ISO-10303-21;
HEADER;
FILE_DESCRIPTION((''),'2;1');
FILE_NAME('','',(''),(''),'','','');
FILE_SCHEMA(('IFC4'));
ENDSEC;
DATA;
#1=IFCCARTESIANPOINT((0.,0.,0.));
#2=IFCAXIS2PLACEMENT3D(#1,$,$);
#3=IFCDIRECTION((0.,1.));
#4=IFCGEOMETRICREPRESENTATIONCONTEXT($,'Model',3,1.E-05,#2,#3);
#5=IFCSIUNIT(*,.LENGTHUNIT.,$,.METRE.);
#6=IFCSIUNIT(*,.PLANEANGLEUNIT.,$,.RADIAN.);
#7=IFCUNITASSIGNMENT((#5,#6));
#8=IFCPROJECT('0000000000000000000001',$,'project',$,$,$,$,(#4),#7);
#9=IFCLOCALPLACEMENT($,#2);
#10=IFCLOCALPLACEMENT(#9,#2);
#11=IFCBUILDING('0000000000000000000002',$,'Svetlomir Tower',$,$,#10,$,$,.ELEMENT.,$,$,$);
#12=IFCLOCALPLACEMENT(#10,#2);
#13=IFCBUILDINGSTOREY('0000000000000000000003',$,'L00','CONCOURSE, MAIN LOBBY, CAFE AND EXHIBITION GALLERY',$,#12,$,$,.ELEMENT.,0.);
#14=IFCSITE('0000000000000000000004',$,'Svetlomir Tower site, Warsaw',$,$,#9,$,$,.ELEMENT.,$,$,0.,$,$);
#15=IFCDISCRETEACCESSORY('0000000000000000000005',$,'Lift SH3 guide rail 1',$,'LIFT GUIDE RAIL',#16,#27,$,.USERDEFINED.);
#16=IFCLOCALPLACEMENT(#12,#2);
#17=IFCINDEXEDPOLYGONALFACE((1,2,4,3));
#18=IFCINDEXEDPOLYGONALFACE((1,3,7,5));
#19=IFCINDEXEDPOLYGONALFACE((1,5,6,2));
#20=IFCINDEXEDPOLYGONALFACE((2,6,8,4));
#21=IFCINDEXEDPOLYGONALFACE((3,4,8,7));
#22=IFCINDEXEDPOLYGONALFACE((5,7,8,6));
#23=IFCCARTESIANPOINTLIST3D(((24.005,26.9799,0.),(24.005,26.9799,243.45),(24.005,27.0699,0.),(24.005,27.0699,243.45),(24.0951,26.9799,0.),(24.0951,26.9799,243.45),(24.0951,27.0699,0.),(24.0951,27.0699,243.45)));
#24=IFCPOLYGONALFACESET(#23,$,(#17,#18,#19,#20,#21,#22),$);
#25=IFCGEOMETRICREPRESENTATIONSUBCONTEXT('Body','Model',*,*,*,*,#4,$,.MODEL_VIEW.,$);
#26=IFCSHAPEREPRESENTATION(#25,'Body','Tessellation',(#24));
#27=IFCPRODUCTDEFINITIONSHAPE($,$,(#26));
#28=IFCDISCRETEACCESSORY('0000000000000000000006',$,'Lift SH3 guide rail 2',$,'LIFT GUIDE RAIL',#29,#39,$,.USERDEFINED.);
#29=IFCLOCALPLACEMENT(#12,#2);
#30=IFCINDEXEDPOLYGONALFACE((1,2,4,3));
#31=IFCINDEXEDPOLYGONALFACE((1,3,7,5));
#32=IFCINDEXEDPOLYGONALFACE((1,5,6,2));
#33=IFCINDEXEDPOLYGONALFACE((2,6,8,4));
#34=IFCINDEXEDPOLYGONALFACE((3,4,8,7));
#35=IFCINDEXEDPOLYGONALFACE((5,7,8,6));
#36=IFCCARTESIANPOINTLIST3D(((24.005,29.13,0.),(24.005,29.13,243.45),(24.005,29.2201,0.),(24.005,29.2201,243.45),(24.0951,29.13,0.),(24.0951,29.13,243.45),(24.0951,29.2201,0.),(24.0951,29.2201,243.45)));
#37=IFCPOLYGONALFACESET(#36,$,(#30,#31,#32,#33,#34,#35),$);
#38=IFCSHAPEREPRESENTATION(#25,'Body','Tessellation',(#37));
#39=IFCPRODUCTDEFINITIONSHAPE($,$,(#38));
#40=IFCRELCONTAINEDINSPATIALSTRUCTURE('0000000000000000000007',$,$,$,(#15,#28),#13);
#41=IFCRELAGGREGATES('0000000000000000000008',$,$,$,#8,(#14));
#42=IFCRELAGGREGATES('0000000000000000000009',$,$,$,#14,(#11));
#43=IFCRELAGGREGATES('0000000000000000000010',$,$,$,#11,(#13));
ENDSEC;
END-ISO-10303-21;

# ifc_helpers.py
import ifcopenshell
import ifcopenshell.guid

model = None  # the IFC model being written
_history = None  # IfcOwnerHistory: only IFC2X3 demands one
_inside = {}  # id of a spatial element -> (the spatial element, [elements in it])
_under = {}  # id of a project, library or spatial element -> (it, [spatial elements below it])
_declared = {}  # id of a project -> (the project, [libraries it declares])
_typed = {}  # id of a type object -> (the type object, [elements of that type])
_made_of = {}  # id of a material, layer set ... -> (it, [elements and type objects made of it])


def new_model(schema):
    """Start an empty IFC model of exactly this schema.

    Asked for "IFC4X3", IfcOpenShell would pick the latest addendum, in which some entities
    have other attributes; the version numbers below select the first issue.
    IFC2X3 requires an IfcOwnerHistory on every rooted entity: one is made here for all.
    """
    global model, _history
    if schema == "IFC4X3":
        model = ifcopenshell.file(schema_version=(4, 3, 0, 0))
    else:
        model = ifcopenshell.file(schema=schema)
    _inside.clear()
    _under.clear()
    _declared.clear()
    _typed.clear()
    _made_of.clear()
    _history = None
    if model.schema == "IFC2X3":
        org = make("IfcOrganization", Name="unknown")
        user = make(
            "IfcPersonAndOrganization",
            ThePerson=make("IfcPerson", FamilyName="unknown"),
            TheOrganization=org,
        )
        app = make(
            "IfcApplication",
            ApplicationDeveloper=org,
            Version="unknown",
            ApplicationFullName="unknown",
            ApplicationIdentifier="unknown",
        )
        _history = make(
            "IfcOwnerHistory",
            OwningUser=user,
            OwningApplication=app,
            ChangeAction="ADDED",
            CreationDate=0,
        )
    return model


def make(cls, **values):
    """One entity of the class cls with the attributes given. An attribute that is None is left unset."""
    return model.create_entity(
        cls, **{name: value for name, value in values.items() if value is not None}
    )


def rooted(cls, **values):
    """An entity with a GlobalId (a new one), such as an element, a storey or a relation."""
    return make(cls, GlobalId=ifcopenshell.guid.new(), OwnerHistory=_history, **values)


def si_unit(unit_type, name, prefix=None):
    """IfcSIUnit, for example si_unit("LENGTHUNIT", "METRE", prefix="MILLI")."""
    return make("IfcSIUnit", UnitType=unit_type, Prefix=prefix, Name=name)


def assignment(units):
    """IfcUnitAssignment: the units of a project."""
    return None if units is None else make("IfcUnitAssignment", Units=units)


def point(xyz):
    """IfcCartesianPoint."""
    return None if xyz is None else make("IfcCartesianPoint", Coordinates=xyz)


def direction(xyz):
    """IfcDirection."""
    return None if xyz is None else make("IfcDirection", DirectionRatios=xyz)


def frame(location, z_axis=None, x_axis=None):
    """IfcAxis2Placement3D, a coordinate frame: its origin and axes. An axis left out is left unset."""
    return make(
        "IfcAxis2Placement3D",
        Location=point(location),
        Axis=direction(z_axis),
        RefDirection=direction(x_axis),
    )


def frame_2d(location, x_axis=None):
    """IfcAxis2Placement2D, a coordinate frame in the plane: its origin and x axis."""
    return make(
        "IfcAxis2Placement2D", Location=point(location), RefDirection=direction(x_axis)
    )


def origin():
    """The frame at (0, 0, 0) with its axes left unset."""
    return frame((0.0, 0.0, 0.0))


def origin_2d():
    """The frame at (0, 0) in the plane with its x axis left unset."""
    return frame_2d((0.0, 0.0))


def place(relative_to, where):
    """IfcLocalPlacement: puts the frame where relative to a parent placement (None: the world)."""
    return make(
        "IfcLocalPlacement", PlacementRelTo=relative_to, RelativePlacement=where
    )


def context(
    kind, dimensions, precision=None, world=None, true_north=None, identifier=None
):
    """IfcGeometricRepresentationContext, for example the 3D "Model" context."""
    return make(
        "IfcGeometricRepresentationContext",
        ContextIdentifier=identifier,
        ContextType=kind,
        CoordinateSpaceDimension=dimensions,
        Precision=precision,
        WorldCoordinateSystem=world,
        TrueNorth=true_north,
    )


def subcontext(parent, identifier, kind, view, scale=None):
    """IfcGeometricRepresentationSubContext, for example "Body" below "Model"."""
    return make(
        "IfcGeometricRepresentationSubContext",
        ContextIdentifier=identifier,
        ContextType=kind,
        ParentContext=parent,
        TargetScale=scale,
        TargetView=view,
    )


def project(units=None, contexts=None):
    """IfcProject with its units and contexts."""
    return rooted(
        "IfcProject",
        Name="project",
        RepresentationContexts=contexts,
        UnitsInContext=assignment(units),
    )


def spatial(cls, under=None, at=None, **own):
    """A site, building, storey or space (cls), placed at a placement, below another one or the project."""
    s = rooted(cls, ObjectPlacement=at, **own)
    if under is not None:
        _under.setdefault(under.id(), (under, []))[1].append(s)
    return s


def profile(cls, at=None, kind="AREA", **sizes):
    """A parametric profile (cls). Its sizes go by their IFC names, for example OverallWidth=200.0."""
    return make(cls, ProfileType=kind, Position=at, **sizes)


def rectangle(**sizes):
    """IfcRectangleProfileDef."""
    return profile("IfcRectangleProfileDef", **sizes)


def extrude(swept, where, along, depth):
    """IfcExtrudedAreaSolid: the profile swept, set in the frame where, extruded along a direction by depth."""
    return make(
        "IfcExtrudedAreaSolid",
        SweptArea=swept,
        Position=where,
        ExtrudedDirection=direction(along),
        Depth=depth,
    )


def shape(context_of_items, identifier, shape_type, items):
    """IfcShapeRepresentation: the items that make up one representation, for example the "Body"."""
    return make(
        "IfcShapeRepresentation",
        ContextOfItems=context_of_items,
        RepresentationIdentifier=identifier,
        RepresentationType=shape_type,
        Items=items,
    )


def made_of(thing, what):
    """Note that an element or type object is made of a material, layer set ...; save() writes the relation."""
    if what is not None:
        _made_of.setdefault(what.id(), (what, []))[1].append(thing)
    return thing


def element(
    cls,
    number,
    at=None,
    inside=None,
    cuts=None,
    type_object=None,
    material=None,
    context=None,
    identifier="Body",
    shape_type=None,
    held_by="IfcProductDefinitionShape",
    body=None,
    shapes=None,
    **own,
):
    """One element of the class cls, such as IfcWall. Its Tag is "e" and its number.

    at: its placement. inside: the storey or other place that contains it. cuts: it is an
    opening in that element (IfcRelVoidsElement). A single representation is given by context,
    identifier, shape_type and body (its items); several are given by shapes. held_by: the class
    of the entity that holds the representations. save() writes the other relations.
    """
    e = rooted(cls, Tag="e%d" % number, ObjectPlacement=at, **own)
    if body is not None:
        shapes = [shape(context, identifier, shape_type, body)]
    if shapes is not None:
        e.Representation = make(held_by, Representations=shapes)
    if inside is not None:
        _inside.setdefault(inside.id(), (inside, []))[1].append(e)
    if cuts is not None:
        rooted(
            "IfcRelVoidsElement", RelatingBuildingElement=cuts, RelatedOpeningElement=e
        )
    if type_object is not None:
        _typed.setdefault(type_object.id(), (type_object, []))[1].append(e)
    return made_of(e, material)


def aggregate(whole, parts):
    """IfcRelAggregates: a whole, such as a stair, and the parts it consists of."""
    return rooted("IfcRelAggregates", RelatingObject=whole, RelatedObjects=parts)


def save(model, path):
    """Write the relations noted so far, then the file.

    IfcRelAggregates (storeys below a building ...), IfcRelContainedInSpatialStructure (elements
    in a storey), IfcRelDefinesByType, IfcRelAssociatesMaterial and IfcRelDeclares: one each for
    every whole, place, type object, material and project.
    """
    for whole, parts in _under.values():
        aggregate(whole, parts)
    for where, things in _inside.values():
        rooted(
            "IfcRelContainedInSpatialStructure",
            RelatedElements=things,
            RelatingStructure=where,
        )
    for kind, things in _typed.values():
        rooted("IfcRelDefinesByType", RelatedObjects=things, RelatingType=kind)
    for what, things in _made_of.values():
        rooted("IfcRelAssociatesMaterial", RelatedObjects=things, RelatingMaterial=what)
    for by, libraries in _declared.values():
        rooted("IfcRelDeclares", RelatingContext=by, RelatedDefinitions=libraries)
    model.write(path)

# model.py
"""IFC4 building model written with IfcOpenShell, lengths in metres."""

from ifc_helpers import new_model, si_unit, direction, frame, origin, origin_2d, place, context, subcontext, project, spatial, rectangle, extrude, element, save


model = new_model("IFC4")

# Units and contexts
model_context = context("Model", 3, precision=1e-05, world=origin(), true_north=direction((0.0, 1.0)))
body_context = subcontext(model_context, "Body", "Model", "MODEL_VIEW")
ifc_project = project(units=[si_unit("LENGTHUNIT", "METRE"), si_unit("PLANEANGLEUNIT", "RADIAN")], contexts=[model_context])

# Site, building, storey
site_placement = place(None, origin())
site = spatial("IfcSite", under=ifc_project, at=site_placement, Name="Svetlomir Tower site, Warsaw", CompositionType="ELEMENT", RefElevation=0.0)
building_placement = place(site_placement, origin())
building = spatial("IfcBuilding", under=site, at=building_placement, Name="Svetlomir Tower", CompositionType="ELEMENT")
storey_placement = place(building_placement, origin())
storey = spatial("IfcBuildingStorey", under=building, at=storey_placement, Name="L00", Description="CONCOURSE, MAIN LOBBY, CAFE AND EXHIBITION GALLERY", CompositionType="ELEMENT", Elevation=0.0)

# Discrete accessories
for number, where, z_axis, x_axis, name in (
    (1, (24.05, 27.0249, 0.0), (0.0, 0.0, 1.0), (1.0, 0.0, 0.0), "Lift SH3 guide rail 1"),
    (2, (24.05, 29.175, 0.0), (0.0, 0.0, 1.0), (1.0, 0.0, 0.0), "Lift SH3 guide rail 2"),
):
    element("IfcDiscreteAccessory", number, at=place(storey_placement, frame(where, z_axis=z_axis, x_axis=x_axis)), inside=storey, Name=name, ObjectType="LIFT GUIDE RAIL", PredefinedType="USERDEFINED", context=body_context, shape_type="SweptSolid", body=[
        extrude(rectangle(XDim=0.0901, YDim=0.0901, at=origin_2d()), origin(), (0.0, 0.0, 1.0), 243.45),
    ])

save(model, "model.ifc")
